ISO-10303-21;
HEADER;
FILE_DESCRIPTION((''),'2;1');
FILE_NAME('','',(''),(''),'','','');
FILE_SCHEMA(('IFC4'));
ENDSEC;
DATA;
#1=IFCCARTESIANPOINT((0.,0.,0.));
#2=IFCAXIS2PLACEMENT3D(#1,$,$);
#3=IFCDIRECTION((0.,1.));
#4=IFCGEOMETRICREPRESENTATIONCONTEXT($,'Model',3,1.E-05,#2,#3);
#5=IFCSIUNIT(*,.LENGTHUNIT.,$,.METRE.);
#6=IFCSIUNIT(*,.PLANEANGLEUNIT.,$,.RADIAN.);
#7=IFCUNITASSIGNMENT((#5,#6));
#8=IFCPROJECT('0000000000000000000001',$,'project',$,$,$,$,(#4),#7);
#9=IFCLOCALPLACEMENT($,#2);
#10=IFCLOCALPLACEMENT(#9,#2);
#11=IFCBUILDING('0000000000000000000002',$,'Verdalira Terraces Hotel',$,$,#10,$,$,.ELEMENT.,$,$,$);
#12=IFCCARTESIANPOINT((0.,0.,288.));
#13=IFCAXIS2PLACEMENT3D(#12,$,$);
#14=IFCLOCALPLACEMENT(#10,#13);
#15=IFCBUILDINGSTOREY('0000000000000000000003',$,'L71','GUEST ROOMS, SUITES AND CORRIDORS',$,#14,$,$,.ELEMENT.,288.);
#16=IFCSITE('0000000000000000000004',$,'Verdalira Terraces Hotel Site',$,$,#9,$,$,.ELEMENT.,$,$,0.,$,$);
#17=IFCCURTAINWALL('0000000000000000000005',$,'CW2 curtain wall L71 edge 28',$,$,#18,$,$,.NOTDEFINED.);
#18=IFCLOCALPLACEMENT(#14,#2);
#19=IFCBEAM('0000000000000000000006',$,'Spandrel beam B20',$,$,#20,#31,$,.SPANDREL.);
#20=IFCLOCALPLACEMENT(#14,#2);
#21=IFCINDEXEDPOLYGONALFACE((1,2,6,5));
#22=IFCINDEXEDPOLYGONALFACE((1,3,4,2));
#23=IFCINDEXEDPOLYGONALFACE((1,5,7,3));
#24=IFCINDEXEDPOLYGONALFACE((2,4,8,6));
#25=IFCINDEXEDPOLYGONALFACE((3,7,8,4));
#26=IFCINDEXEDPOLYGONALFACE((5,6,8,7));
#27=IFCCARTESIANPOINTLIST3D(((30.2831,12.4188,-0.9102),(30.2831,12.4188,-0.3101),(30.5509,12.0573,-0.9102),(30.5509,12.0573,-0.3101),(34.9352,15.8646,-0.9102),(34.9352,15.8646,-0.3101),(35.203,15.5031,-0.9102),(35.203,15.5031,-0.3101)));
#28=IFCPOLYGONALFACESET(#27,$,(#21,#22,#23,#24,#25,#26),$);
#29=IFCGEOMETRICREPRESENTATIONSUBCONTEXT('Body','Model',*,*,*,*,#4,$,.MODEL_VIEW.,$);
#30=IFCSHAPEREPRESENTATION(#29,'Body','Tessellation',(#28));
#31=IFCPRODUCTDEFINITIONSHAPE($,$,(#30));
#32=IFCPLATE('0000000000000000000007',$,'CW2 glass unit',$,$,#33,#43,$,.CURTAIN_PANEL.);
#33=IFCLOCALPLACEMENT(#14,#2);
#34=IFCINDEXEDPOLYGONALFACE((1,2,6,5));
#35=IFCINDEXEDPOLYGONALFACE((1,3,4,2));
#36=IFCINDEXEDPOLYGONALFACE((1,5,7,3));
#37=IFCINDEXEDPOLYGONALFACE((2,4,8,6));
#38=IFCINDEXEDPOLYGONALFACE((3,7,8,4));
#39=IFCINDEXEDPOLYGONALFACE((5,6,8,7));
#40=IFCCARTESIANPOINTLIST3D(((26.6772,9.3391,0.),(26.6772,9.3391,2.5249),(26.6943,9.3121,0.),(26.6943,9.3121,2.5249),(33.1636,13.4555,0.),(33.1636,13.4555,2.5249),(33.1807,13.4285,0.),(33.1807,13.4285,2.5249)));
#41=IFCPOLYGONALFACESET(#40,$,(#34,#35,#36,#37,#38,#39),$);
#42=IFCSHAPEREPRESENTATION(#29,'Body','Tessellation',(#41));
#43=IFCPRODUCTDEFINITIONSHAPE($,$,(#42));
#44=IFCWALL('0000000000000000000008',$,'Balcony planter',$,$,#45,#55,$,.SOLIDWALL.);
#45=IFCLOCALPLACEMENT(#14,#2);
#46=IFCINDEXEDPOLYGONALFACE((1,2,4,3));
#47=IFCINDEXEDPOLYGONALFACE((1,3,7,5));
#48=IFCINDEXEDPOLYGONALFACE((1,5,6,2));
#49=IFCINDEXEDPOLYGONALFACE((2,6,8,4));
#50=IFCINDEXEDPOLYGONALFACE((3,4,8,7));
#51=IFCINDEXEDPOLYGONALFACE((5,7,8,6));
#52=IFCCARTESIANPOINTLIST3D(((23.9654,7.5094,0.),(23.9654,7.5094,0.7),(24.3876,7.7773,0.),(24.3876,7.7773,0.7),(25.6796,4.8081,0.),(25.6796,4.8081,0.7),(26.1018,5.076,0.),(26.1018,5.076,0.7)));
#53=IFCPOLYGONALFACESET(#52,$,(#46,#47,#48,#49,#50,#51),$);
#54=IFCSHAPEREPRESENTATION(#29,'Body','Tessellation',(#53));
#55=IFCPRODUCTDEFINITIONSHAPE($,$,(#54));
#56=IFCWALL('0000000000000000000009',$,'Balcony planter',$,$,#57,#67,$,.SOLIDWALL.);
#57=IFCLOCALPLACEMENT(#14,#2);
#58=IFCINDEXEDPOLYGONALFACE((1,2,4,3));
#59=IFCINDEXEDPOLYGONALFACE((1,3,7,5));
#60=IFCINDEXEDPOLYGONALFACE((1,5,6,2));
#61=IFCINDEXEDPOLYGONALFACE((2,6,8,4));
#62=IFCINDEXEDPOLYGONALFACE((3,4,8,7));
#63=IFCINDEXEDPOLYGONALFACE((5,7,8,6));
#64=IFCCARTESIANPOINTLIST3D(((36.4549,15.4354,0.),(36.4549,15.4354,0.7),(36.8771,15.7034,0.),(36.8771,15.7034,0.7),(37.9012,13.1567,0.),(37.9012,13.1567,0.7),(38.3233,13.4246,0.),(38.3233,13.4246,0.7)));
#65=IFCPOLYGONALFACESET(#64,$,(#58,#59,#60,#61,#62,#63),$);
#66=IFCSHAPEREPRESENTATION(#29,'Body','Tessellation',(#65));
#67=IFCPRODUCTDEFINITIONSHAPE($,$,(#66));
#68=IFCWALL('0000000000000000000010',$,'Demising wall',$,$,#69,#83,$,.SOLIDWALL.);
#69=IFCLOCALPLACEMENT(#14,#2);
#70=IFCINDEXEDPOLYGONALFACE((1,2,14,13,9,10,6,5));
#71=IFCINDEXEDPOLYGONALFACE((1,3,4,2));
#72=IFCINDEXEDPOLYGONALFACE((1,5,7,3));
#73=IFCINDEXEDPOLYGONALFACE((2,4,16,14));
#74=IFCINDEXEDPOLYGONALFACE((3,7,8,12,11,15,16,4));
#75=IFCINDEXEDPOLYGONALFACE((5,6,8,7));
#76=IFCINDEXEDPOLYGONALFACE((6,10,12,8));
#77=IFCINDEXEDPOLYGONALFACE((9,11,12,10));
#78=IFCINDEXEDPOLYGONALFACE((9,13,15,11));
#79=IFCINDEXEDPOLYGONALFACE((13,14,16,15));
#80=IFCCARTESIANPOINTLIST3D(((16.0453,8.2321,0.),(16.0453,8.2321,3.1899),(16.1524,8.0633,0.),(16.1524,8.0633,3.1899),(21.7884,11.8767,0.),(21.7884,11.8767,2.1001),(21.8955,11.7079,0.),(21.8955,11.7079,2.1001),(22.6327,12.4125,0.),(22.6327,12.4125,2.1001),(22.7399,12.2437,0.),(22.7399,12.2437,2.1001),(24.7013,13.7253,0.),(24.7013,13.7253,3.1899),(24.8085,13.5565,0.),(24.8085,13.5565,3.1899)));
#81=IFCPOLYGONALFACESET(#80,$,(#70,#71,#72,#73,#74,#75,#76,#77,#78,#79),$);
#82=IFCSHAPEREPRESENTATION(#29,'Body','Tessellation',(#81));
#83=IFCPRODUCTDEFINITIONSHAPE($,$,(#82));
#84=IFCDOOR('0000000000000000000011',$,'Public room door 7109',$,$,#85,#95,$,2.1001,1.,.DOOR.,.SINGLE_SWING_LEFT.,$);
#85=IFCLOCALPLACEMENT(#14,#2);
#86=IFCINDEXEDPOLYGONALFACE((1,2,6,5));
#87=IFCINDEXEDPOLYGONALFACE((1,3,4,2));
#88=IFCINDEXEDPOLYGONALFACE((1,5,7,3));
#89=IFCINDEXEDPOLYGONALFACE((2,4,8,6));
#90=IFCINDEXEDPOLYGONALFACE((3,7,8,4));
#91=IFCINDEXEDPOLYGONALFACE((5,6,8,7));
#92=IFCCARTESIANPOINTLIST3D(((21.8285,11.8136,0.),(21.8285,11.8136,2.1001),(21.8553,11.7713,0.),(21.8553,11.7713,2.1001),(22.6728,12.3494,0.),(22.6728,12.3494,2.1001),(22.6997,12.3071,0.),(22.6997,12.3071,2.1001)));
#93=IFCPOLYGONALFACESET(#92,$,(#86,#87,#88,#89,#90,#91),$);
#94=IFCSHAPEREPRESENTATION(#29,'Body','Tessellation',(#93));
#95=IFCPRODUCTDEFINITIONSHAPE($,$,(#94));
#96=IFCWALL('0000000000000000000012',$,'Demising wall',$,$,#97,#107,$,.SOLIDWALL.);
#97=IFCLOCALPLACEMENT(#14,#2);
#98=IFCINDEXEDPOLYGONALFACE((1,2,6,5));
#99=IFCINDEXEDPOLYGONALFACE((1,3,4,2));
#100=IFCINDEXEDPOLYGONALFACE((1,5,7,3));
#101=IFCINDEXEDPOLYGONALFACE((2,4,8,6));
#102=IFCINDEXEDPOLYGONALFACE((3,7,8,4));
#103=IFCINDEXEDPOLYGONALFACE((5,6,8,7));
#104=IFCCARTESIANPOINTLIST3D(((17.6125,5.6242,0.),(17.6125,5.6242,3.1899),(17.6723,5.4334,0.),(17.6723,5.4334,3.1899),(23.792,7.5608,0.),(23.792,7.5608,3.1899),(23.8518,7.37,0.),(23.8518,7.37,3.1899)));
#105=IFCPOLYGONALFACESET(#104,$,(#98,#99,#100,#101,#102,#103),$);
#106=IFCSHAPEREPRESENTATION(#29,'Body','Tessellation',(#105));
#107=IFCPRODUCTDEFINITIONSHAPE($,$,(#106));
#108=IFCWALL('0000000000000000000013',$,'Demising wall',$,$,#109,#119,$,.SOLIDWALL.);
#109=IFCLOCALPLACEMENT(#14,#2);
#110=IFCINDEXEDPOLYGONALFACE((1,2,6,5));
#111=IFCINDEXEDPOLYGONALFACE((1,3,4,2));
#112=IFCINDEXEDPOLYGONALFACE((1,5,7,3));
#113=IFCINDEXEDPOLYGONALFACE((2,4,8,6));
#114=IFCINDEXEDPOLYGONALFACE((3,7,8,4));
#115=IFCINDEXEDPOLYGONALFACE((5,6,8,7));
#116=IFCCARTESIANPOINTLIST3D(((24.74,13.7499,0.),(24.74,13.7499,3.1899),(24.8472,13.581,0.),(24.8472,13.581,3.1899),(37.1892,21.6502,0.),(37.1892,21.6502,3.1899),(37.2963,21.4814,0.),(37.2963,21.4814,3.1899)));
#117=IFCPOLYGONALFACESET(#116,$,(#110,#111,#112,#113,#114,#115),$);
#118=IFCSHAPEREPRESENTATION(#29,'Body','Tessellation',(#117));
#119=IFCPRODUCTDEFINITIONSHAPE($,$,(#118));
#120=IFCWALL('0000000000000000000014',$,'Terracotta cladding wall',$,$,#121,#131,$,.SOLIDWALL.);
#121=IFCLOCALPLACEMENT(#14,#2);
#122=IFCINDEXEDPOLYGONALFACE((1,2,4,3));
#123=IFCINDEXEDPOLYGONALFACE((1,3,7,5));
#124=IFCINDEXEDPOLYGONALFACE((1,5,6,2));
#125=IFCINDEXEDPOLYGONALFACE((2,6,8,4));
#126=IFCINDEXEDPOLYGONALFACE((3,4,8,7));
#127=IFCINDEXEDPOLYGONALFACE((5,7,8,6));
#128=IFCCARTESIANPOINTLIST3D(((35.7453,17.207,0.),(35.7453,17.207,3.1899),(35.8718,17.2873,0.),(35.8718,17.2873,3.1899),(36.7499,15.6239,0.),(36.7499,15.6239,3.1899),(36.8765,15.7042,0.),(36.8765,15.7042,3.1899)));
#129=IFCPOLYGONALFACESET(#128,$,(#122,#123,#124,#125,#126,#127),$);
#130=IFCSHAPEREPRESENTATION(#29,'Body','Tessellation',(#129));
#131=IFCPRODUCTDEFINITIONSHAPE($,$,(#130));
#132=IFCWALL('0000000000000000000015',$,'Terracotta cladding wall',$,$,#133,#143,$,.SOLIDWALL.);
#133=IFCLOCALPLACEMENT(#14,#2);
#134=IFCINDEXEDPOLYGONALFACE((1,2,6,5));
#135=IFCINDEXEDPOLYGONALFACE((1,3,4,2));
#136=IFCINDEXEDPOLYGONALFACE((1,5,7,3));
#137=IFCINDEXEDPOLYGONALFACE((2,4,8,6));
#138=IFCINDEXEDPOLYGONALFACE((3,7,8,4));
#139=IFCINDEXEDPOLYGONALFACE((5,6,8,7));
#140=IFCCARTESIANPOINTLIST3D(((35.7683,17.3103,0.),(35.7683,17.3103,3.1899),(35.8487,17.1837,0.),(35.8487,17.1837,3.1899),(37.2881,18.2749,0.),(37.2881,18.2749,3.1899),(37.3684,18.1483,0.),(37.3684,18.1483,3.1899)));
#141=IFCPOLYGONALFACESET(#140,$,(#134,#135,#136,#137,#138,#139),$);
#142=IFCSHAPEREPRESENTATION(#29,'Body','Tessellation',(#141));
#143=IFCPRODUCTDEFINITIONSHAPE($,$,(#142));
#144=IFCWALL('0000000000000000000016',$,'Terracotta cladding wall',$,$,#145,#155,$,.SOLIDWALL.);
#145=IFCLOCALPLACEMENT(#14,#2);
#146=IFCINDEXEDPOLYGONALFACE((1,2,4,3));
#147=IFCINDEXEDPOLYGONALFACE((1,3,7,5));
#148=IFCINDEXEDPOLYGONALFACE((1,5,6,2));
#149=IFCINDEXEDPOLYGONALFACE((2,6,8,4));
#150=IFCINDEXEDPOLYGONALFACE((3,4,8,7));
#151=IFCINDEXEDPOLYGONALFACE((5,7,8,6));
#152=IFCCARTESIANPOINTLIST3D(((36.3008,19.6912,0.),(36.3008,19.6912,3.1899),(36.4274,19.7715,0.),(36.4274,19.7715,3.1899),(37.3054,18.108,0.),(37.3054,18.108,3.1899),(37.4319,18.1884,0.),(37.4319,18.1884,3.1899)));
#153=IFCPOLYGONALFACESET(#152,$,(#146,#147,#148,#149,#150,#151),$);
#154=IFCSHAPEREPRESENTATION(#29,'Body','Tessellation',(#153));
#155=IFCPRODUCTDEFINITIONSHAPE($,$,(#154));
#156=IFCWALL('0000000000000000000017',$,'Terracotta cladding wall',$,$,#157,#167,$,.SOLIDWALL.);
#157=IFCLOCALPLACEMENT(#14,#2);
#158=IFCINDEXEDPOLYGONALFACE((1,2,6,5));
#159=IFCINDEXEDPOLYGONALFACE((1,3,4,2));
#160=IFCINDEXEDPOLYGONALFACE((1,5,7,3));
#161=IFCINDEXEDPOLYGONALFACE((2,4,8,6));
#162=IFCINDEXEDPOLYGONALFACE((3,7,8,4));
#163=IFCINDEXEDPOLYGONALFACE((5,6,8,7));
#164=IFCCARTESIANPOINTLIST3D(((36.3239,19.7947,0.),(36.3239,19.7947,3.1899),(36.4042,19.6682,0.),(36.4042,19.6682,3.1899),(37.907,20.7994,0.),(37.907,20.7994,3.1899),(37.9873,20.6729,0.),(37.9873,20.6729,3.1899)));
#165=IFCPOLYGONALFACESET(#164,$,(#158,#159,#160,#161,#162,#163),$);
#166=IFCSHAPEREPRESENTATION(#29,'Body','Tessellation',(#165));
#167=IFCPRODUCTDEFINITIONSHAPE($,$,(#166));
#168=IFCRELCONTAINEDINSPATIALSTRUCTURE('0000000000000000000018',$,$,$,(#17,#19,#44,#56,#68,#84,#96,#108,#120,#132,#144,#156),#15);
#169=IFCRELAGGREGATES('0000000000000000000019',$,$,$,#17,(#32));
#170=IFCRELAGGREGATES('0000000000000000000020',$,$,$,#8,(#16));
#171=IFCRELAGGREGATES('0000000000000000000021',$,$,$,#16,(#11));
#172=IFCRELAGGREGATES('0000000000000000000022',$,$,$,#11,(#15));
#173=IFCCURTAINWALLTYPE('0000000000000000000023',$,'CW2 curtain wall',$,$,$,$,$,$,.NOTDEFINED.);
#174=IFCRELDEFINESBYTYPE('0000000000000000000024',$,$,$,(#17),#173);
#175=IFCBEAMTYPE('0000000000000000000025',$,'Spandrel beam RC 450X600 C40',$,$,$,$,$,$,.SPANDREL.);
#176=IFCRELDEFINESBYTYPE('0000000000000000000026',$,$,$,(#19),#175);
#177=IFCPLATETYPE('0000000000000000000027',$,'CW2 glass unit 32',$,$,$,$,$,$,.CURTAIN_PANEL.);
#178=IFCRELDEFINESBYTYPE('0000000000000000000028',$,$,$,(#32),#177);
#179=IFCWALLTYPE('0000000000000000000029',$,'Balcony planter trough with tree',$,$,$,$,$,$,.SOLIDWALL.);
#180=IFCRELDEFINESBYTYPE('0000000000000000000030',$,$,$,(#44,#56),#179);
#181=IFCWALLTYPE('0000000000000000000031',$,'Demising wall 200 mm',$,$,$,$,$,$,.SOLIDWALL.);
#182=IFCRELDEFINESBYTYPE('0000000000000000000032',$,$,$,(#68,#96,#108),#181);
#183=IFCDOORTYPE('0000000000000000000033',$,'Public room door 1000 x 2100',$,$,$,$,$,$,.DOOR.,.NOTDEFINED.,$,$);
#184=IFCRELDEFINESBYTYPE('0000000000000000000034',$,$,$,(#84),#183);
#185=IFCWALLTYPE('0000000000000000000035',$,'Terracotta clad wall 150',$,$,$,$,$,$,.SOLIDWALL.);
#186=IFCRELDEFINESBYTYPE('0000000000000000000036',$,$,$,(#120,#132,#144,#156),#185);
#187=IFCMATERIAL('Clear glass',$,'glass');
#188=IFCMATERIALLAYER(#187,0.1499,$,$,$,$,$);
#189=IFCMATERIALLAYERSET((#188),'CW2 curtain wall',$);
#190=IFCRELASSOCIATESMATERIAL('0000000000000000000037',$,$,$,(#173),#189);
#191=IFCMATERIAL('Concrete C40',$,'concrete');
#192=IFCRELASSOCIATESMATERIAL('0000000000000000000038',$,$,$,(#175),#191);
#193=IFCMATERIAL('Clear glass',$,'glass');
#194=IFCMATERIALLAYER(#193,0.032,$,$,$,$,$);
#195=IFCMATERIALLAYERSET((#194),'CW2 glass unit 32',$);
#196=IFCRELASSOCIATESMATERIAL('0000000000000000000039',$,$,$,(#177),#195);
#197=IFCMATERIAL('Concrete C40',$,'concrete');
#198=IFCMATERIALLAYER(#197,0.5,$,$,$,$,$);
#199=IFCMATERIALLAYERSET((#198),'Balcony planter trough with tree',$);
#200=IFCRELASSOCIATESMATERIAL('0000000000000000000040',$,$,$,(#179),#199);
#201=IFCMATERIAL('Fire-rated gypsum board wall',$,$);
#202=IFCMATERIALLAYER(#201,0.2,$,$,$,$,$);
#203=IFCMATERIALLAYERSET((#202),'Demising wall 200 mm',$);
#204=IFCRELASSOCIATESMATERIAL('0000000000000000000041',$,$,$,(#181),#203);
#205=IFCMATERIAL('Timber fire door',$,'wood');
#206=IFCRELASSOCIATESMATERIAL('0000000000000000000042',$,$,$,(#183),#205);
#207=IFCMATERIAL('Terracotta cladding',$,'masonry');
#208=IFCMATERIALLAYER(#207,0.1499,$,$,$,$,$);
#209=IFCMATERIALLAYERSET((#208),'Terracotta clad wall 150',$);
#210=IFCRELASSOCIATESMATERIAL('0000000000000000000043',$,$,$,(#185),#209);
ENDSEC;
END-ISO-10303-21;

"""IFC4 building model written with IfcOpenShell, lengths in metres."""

from ifc_helpers import new_model, si_unit, direction, frame, frame_2d, origin, origin_2d, place, context, subcontext, project, spatial, rectangle, extrude, material, layer, layer_set, material_profile, profile_set, type_object, element, fill, aggregate, save


model = new_model("IFC4")

# Units and contexts
model_context = context("Model", 3, precision=1e-05, world=origin(), true_north=direction((0.0, 1.0)))
body_context = subcontext(model_context, "Body", "Model", "MODEL_VIEW")
ifc_project = project(units=[si_unit("LENGTHUNIT", "METRE"), si_unit("PLANEANGLEUNIT", "RADIAN")], contexts=[model_context])

# Site, building, storey
site_placement = place(None, origin())
site = spatial("IfcSite", under=ifc_project, at=site_placement, Name="Verdalira Terraces Hotel Site", CompositionType="ELEMENT", RefElevation=0.0)
building_placement = place(site_placement, origin())
building = spatial("IfcBuilding", under=site, at=building_placement, Name="Verdalira Terraces Hotel", CompositionType="ELEMENT")
storey_placement = place(building_placement, frame((0.0, 0.0, 288.0)))
storey = spatial("IfcBuildingStorey", under=building, at=storey_placement, Name="L71", Description="GUEST ROOMS, SUITES AND CORRIDORS", CompositionType="ELEMENT", Elevation=288.0)

# Curtain wall
ifc_material_1 = material(Name="Clear glass", Category="glass")
ifc_layer_1 = layer(ifc_material_1, 0.1499)
ifc_layer_set_1 = layer_set([ifc_layer_1], Name="CW2 curtain wall")
curtain_wall_type_1 = type_object("IfcCurtainWallType", Name="CW2 curtain wall", PredefinedType="NOTDEFINED", material=ifc_layer_set_1)
curtain_wall_1_placement = place(storey_placement, origin())
curtain_wall_1 = element("IfcCurtainWall", 1, at=curtain_wall_1_placement, inside=storey, type_object=curtain_wall_type_1, Name="CW2 curtain wall L71 edge 28", PredefinedType="NOTDEFINED")

# Beam
ifc_material_2 = material(Name="Concrete C40", Category="concrete")
ifc_material_profile_1 = material_profile(ifc_material_2, rectangle(XDim=0.45, YDim=0.6001, at=origin_2d()), Name="RC 450X600")
ifc_profile_set_1 = profile_set([ifc_material_profile_1], Name="Concrete C40")
beam_type_1 = type_object("IfcBeamType", Name="Spandrel beam RC 450X600 C40", PredefinedType="SPANDREL", material=ifc_profile_set_1)
beam_1_placement = place(storey_placement, frame((30.417, 12.238, -0.6101), z_axis=(0.803574, 0.595205, 0.0), x_axis=(-0.595205, 0.803574, 0.0)))
element("IfcBeam", 2, at=beam_1_placement, inside=storey, type_object=beam_type_1, Name="Spandrel beam B20", PredefinedType="SPANDREL", context=body_context, shape_type="SweptSolid", body=[
    extrude(rectangle(XDim=0.45, YDim=0.6001, at=origin_2d()), origin(), (0.0, 0.0, 1.0), 5.7893),
])

# Plate
ifc_material_3 = material(Name="Clear glass", Category="glass")
ifc_layer_2 = layer(ifc_material_3, 0.032)
ifc_layer_set_2 = layer_set([ifc_layer_2], Name="CW2 glass unit 32")
plate_type = type_object("IfcPlateType", Name="CW2 glass unit 32", PredefinedType="CURTAIN_PANEL", material=ifc_layer_set_2)
plate_placement = place(storey_placement, frame((29.929, 11.3838, 0.0), z_axis=(0.0, 0.0, 1.0), x_axis=(0.844328, 0.535827, 0.0)))
plate = element("IfcPlate", 3, at=plate_placement, type_object=plate_type, Name="CW2 glass unit", PredefinedType="CURTAIN_PANEL", context=body_context, shape_type="SweptSolid", body=[
    extrude(rectangle(XDim=7.6824, YDim=0.032, at=origin_2d()), origin(), (0.0, 0.0, 1.0), 2.5249),
])
aggregate(curtain_wall_1, [plate])

# Walls
ifc_material_4 = material(Name="Concrete C40", Category="concrete")
ifc_layer_3 = layer(ifc_material_4, 0.5)
ifc_layer_set_3 = layer_set([ifc_layer_3], Name="Balcony planter trough with tree")
wall_type_1 = type_object("IfcWallType", Name="Balcony planter trough with tree", PredefinedType="SOLIDWALL", material=ifc_layer_set_3)
wall_1_placement = place(storey_placement, frame((24.1765, 7.6433, 0.0), z_axis=(0.0, 0.0, 1.0), x_axis=(0.535804, -0.844343, 0.0)))
element("IfcWall", 4, at=wall_1_placement, inside=storey, type_object=wall_type_1, Name="Balcony planter", PredefinedType="SOLIDWALL", context=body_context, shape_type="SweptSolid", body=[
    extrude(rectangle(XDim=3.1992, YDim=0.5, at=frame_2d((1.5996, 0.0))), origin(), (0.0, 0.0, 1.0), 0.7),
])
wall_2_placement = place(storey_placement, frame((38.1123, 13.2905, 0.0), z_axis=(0.0, 0.0, 1.0), x_axis=(-0.535857, 0.844309, 0.0)))
element("IfcWall", 5, at=wall_2_placement, inside=storey, type_object=wall_type_1, Name="Balcony planter", PredefinedType="SOLIDWALL", context=body_context, shape_type="SweptSolid", body=[
    extrude(rectangle(XDim=2.699, YDim=0.5, at=frame_2d((1.3496, 0.0))), origin(), (0.0, 0.0, 1.0), 0.7),
])

# Wall, opening, door
ifc_material_5 = material(Name="Fire-rated gypsum board wall")
ifc_layer_4 = layer(ifc_material_5, 0.2)
ifc_layer_set_4 = layer_set([ifc_layer_4], Name="Demising wall 200 mm")
wall_type_2 = type_object("IfcWallType", Name="Demising wall 200 mm", PredefinedType="SOLIDWALL", material=ifc_layer_set_4)
wall_3_placement = place(storey_placement, frame((24.7549, 13.6409, 0.0), z_axis=(0.0, 0.0, 1.0), x_axis=(-0.844333, -0.53582, 0.0)))
wall_3 = element("IfcWall", 6, at=wall_3_placement, inside=storey, type_object=wall_type_2, Name="Demising wall", PredefinedType="SOLIDWALL", context=body_context, shape_type="SweptSolid", body=[
    extrude(rectangle(XDim=10.252, YDim=0.2, at=frame_2d((5.126, 0.0))), origin(), (0.0, 0.0, 1.0), 3.1899),
])
opening_1_placement = place(wall_3_placement, frame((2.45, 0.0, 0.0)))
opening_1 = element("IfcOpeningElement", 7, at=opening_1_placement, cuts=wall_3, PredefinedType="OPENING", context=body_context, shape_type="SweptSolid", body=[
    extrude(rectangle(XDim=1.0, YDim=2.1001, at=frame_2d((0.5, 1.05))), frame((0.0, 0.1099, 0.0), z_axis=(0.0, -1.0, 0.0), x_axis=(1.0, 0.0, 0.0)), (0.0, 0.0, 1.0), 0.22),
])
ifc_material_6 = material(Name="Timber fire door", Category="wood")
door_type_1 = type_object("IfcDoorType", Name="Public room door 1000 x 2100", OperationType="NOTDEFINED", PredefinedType="DOOR", material=ifc_material_6)
door_1_placement = place(opening_1_placement, origin())
door_1 = element("IfcDoor", 8, at=door_1_placement, inside=storey, type_object=door_type_1, Name="Public room door 7109", OperationType="SINGLE_SWING_LEFT", OverallHeight=2.1001, OverallWidth=1.0, PredefinedType="DOOR", context=body_context, shape_type="SweptSolid", body=[
    extrude(rectangle(XDim=1.0, YDim=2.1001, at=frame_2d((0.5, 1.05))), frame((0.0, 0.0249, 0.0), z_axis=(0.0, -1.0, 0.0), x_axis=(1.0, 0.0, 0.0)), (0.0, 0.0, 1.0), 0.05),
])
fill(opening_1, door_1)

# Walls
wall_4_placement = place(storey_placement, frame((23.8218, 7.4653, 0.0), z_axis=(0.0, 0.0, 1.0), x_axis=(-0.95424, -0.299041, 0.0)))
element("IfcWall", 9, at=wall_4_placement, inside=storey, type_object=wall_type_2, Name="Demising wall", PredefinedType="SOLIDWALL", context=body_context, shape_type="SweptSolid", body=[
    extrude(rectangle(XDim=6.4758, YDim=0.2, at=frame_2d((3.2378, 0.0))), origin(), (0.0, 0.0, 1.0), 3.1899),
])
wall_5_placement = place(storey_placement, frame((24.7937, 13.6655, 0.0), z_axis=(0.0, 0.0, 1.0), x_axis=(0.844332, 0.535821, 0.0)))
element("IfcWall", 10, at=wall_5_placement, inside=storey, type_object=wall_type_2, Name="Demising wall", PredefinedType="SOLIDWALL", context=body_context, shape_type="SweptSolid", body=[
    extrude(rectangle(XDim=14.7444, YDim=0.2, at=frame_2d((7.3721, 0.0))), origin(), (0.0, 0.0, 1.0), 3.1899),
])
ifc_material_7 = material(Name="Terracotta cladding", Category="masonry")
ifc_layer_5 = layer(ifc_material_7, 0.1499)
ifc_layer_set_5 = layer_set([ifc_layer_5], Name="Terracotta clad wall 150")
wall_type_3 = type_object("IfcWallType", Name="Terracotta clad wall 150", PredefinedType="SOLIDWALL", material=ifc_layer_set_5)
wall_6_placement = place(storey_placement, frame((36.8132, 15.6641, 0.0), z_axis=(0.0, 0.0, 1.0), x_axis=(-0.535839, 0.84432, 0.0)))
element("IfcWall", 11, at=wall_6_placement, inside=storey, type_object=wall_type_3, Name="Terracotta cladding wall", PredefinedType="SOLIDWALL", context=body_context, shape_type="SweptSolid", body=[
    extrude(rectangle(XDim=1.875, YDim=0.1499, at=frame_2d((0.9375, 0.0))), origin(), (0.0, 0.0, 1.0), 3.1899),
])
wall_7_placement = place(storey_placement, frame((35.8086, 17.2471, 0.0), z_axis=(0.0, 0.0, 1.0), x_axis=(0.844298, 0.535875, 0.0)))
element("IfcWall", 12, at=wall_7_placement, inside=storey, type_object=wall_type_3, Name="Terracotta cladding wall", PredefinedType="SOLIDWALL", context=body_context, shape_type="SweptSolid", body=[
    extrude(rectangle(XDim=1.8, YDim=0.1499, at=frame_2d((0.8999, 0.0))), origin(), (0.0, 0.0, 1.0), 3.1899),
])
for number, where, z_axis, x_axis, name in (
    (13, (37.3687, 18.1482, 0.0), (0.0, 0.0, 1.0), (-0.53578, 0.844358, 0.0), "Terracotta cladding wall"),
    (14, (36.364, 19.7314, 0.0), (0.0, 0.0, 1.0), (0.84432, 0.535839, 0.0), "Terracotta cladding wall"),
):
    element("IfcWall", number, at=place(storey_placement, frame(where, z_axis=z_axis, x_axis=x_axis)), inside=storey, type_object=wall_type_3, Name=name, PredefinedType="SOLIDWALL", context=body_context, shape_type="SweptSolid", body=[
        extrude(rectangle(XDim=1.875, YDim=0.1499, at=frame_2d((0.9375, 0.0))), origin(), (0.0, 0.0, 1.0), 3.1899),
    ])

save(model, "model.ifc")
